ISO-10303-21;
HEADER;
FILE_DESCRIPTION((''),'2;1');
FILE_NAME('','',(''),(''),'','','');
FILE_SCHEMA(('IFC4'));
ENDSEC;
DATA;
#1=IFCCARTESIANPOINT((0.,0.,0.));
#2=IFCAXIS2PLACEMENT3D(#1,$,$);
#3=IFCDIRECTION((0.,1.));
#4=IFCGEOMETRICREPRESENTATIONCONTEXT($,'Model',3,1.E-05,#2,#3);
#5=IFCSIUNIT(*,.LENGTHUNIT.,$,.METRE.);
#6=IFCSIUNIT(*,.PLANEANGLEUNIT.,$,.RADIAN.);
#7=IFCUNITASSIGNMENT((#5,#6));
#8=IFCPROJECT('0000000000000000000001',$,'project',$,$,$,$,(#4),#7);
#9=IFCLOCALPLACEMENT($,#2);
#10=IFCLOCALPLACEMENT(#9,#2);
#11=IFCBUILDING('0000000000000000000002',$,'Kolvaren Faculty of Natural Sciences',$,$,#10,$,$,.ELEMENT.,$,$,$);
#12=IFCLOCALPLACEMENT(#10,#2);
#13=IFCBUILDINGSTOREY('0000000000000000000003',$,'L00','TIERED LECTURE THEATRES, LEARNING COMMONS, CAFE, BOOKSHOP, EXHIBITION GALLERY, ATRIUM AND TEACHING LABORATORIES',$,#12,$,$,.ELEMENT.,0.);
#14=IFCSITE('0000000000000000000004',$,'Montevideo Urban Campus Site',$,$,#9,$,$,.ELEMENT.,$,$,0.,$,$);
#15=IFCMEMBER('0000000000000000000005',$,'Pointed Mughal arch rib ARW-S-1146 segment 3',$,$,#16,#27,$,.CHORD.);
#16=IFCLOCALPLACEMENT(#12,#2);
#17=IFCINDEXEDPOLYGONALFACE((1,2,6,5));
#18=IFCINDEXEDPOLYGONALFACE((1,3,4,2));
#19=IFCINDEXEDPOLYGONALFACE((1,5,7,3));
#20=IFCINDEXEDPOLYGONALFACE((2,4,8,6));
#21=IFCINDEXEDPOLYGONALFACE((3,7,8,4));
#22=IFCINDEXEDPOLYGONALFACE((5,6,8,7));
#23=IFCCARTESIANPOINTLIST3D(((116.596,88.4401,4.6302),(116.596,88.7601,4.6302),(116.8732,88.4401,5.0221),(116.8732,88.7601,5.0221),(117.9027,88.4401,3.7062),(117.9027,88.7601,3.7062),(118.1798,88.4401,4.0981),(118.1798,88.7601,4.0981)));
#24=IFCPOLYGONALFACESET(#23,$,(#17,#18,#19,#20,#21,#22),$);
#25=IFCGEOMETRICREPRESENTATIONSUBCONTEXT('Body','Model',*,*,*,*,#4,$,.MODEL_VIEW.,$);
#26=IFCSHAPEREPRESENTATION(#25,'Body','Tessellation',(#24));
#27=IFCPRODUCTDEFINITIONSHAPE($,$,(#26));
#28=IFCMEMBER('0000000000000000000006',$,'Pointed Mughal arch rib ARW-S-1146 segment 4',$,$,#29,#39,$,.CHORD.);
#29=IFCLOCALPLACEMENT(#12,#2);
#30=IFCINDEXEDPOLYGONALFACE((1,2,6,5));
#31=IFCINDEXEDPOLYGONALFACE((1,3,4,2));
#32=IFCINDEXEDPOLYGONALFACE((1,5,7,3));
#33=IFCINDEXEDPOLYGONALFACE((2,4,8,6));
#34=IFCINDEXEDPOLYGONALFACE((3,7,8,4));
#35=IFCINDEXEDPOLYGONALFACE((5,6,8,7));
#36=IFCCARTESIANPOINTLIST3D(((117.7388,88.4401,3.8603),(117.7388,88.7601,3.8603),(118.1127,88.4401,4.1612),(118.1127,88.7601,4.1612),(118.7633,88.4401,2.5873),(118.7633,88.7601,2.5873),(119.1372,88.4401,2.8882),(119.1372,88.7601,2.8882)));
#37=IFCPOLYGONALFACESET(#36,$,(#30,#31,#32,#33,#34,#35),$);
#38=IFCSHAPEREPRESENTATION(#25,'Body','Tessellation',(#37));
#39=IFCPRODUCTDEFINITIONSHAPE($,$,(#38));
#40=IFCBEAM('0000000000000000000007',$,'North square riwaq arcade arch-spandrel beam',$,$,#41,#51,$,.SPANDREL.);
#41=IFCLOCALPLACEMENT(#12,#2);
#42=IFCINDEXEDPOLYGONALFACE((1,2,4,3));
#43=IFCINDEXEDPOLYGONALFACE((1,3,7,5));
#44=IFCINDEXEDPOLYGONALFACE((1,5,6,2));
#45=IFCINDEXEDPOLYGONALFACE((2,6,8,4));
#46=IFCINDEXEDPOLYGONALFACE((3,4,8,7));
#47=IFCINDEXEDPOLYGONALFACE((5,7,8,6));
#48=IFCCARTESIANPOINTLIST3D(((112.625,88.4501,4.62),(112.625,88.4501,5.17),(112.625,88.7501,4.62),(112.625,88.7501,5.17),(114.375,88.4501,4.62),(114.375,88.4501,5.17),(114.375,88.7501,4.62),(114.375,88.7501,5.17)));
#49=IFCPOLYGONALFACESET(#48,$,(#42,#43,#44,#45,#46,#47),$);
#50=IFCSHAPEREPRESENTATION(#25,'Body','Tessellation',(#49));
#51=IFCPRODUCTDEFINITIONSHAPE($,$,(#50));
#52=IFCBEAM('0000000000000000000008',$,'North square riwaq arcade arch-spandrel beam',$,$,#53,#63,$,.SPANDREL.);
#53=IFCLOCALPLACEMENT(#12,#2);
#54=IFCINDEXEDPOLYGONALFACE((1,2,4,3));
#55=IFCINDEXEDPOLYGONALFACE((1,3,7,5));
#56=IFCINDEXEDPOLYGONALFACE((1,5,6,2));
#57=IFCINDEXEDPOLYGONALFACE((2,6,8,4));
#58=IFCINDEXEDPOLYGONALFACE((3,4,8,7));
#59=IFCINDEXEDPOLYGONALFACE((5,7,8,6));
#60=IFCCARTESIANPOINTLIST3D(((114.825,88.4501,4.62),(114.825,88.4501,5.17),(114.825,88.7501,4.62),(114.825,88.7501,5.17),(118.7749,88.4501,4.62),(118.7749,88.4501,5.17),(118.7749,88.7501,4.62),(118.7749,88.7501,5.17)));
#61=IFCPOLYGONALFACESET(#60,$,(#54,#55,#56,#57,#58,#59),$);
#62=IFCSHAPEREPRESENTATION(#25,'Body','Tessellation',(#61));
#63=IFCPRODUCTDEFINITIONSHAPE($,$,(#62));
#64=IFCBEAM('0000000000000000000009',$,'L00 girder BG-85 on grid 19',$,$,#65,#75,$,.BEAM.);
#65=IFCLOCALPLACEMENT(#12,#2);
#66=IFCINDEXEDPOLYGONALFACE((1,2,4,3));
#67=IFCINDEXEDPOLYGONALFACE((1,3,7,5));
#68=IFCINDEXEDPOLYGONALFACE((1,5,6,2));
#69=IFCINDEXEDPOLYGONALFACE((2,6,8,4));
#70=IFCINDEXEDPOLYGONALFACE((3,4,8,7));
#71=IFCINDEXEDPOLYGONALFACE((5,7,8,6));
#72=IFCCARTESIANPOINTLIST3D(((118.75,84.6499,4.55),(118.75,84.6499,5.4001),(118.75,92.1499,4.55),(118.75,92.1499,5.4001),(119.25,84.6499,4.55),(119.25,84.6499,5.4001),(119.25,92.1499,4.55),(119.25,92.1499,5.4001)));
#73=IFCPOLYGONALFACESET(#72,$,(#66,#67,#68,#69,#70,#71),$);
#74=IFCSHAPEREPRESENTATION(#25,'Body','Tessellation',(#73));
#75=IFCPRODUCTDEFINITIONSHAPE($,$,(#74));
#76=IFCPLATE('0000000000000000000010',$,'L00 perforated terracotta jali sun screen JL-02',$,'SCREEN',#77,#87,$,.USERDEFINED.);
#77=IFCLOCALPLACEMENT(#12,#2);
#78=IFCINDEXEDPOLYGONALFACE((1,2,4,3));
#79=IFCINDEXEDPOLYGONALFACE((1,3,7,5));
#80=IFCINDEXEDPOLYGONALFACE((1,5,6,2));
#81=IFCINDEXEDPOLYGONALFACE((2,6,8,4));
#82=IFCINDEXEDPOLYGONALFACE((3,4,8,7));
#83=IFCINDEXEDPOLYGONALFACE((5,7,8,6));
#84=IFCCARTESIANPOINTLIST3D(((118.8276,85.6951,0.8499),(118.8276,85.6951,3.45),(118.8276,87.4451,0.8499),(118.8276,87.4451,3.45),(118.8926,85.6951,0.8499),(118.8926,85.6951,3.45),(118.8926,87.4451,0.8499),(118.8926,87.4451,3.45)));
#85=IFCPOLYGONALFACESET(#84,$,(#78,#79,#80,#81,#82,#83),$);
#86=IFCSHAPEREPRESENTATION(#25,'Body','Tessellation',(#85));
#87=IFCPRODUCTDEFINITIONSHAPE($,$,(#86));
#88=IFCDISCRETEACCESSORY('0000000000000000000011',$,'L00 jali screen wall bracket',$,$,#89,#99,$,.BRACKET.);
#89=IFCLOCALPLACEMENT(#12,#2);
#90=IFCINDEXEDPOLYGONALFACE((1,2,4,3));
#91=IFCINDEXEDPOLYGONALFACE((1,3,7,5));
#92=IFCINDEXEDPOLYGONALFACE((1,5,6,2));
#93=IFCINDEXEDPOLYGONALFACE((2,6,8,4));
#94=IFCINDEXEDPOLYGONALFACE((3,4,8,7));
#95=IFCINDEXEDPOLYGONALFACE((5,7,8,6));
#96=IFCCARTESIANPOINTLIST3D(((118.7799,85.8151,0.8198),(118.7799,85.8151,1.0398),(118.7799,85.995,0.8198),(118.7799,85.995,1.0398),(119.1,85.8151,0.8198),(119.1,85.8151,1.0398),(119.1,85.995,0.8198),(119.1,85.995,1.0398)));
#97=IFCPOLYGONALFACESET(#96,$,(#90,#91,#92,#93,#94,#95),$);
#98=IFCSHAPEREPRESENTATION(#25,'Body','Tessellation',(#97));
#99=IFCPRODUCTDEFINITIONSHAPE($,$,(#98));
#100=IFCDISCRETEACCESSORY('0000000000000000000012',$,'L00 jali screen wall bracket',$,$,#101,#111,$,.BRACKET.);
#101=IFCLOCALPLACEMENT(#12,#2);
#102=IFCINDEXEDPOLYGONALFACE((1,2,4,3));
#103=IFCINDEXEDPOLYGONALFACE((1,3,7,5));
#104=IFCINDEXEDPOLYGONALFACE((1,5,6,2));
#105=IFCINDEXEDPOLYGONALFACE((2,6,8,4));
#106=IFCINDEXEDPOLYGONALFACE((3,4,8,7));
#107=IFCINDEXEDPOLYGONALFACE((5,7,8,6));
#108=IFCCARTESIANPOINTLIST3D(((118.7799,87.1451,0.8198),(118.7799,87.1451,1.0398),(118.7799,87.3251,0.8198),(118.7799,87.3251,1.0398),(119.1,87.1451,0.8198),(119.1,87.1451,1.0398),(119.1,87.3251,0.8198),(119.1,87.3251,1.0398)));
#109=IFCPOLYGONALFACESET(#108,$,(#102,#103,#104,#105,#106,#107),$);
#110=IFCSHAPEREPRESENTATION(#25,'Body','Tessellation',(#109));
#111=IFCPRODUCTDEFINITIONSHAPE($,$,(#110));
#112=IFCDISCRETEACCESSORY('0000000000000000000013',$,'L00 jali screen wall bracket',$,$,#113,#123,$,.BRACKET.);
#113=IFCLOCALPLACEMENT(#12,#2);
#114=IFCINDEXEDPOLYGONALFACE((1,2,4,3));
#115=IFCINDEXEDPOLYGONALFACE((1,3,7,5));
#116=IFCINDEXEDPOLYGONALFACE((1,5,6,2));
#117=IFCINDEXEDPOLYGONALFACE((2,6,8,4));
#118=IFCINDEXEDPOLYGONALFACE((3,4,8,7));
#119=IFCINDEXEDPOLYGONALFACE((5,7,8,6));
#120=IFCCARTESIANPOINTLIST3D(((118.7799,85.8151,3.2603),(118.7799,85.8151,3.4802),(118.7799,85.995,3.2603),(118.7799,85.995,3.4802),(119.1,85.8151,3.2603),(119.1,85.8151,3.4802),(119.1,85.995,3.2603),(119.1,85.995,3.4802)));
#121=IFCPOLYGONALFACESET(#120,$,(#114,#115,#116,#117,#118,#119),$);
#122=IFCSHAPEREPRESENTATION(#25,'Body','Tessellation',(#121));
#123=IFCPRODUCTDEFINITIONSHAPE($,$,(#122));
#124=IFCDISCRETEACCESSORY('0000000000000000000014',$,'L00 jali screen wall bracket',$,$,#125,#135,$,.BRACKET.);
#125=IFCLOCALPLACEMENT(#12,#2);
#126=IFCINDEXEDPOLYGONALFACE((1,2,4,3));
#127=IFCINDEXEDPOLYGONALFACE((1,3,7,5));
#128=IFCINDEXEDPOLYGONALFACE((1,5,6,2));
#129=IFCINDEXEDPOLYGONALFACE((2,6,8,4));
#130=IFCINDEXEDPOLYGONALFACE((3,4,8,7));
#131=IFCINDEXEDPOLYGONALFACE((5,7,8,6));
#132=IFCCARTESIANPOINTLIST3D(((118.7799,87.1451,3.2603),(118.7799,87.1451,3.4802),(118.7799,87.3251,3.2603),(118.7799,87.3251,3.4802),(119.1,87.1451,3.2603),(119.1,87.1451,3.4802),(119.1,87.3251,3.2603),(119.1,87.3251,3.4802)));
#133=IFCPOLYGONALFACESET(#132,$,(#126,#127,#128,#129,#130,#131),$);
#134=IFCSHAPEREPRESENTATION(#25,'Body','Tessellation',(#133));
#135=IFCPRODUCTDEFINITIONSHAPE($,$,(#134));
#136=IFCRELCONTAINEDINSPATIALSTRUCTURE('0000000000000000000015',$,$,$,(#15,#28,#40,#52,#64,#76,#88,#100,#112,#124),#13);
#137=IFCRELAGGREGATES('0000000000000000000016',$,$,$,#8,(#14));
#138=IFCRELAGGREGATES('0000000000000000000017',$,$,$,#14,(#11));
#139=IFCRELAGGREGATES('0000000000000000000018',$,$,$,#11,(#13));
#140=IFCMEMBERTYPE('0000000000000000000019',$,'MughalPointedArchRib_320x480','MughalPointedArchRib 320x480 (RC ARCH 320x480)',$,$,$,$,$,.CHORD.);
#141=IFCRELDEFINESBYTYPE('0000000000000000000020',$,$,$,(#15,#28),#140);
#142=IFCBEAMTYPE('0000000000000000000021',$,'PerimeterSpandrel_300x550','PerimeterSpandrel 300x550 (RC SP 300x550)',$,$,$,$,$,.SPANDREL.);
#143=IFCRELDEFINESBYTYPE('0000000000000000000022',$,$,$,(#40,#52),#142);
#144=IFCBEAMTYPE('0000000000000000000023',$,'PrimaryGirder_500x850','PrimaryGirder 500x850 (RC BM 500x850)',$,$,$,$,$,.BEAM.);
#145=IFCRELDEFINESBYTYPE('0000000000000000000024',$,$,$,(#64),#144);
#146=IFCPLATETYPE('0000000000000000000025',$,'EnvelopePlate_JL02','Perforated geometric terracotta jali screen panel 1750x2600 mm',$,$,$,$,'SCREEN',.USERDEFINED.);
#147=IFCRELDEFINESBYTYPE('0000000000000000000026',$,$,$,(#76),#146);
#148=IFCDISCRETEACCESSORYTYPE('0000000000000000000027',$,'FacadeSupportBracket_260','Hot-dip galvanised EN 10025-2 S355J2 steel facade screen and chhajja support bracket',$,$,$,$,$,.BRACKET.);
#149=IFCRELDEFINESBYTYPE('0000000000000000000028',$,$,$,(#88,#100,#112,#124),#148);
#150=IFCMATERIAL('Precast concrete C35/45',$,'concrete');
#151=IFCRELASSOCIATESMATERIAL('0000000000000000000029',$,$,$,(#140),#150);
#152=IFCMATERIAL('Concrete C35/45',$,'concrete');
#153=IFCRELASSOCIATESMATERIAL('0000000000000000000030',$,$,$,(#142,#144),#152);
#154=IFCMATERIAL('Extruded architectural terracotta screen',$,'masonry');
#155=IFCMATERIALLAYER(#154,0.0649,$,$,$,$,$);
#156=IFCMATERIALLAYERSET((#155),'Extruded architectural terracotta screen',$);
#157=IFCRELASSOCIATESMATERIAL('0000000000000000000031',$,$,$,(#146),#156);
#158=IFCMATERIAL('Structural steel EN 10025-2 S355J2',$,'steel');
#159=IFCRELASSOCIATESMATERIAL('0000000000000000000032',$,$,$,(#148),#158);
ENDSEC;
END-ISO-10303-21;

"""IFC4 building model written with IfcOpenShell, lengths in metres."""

from ifc_helpers import new_model, si_unit, direction, frame, origin, origin_2d, place, context, subcontext, project, spatial, rectangle, extrude, material, layer, layer_set, material_profile, profile_set, type_object, element, save


model = new_model("IFC4")

# Units and contexts
model_context = context("Model", 3, precision=1e-05, world=origin(), true_north=direction((0.0, 1.0)))
body_context = subcontext(model_context, "Body", "Model", "MODEL_VIEW")
ifc_project = project(units=[si_unit("LENGTHUNIT", "METRE"), si_unit("PLANEANGLEUNIT", "RADIAN")], contexts=[model_context])

# Site, building, storey
site_placement = place(None, origin())
site = spatial("IfcSite", under=ifc_project, at=site_placement, Name="Montevideo Urban Campus Site", CompositionType="ELEMENT", RefElevation=0.0)
building_placement = place(site_placement, origin())
building = spatial("IfcBuilding", under=site, at=building_placement, Name="Kolvaren Faculty of Natural Sciences", CompositionType="ELEMENT")
storey_placement = place(building_placement, origin())
storey = spatial("IfcBuildingStorey", under=building, at=storey_placement, Name="L00", Description="TIERED LECTURE THEATRES, LEARNING COMMONS, CAFE, BOOKSHOP, EXHIBITION GALLERY, ATRIUM AND TEACHING LABORATORIES", CompositionType="ELEMENT", Elevation=0.0)

# Shared definitions
ifc_material_1 = material(Name="Concrete C35/45", Category="concrete")

# Members
ifc_material_2 = material(Name="Precast concrete C35/45", Category="concrete")
ifc_material_profile_1 = material_profile(ifc_material_2, rectangle(XDim=0.3201, YDim=0.48, at=origin_2d()), Name="RC ARCH 320x480")
ifc_profile_set_1 = profile_set([ifc_material_profile_1], Name="Precast concrete C35/45")
member_type = type_object("IfcMemberType", Name="MughalPointedArchRib_320x480", Description="MughalPointedArchRib 320x480 (RC ARCH 320x480)", PredefinedType="CHORD", material=ifc_profile_set_1)
for number, where, z_axis, x_axis, name in (
    (1, (116.7346, 88.6001, 4.8262), (0.816456, 0.0, -0.577408), (0.0, 1.0, 0.0), "Pointed Mughal arch rib ARW-S-1146 segment 3"),
):
    element("IfcMember", number, at=place(storey_placement, frame(where, z_axis=z_axis, x_axis=x_axis)), inside=storey, type_object=member_type, Name=name, PredefinedType="CHORD", context=body_context, shape_type="SweptSolid", body=[
        extrude(rectangle(XDim=0.3201, YDim=0.48, at=origin_2d()), origin(), (0.0, 0.0, 1.0), 1.6003),
    ])
member_1_placement = place(storey_placement, frame((117.9258, 88.6001, 4.0107), z_axis=(0.626952, 0.0, -0.779058), x_axis=(0.0, 1.0, 0.0)))
element("IfcMember", 2, at=member_1_placement, inside=storey, type_object=member_type, Name="Pointed Mughal arch rib ARW-S-1146 segment 4", PredefinedType="CHORD", context=body_context, shape_type="SweptSolid", body=[
    extrude(rectangle(XDim=0.3201, YDim=0.48, at=origin_2d()), origin(), (0.0, 0.0, 1.0), 1.634),
])

# Beams
ifc_material_profile_2 = material_profile(ifc_material_1, rectangle(XDim=0.3, YDim=0.55, at=origin_2d()), Name="RC SP 300x550")
ifc_profile_set_2 = profile_set([ifc_material_profile_2], Name="Concrete C35/45")
beam_type_1 = type_object("IfcBeamType", Name="PerimeterSpandrel_300x550", Description="PerimeterSpandrel 300x550 (RC SP 300x550)", PredefinedType="SPANDREL", material=ifc_profile_set_2)
beam_1_placement = place(storey_placement, frame((112.625, 88.6001, 4.895), z_axis=(1.0, 0.0, 0.0), x_axis=(0.0, 1.0, 0.0)))
element("IfcBeam", 3, at=beam_1_placement, inside=storey, type_object=beam_type_1, Name="North square riwaq arcade arch-spandrel beam", PredefinedType="SPANDREL", context=body_context, shape_type="SweptSolid", body=[
    extrude(rectangle(XDim=0.3, YDim=0.55, at=origin_2d()), origin(), (0.0, 0.0, 1.0), 1.75),
])
beam_2_placement = place(storey_placement, frame((114.825, 88.6001, 4.895), z_axis=(1.0, 0.0, 0.0), x_axis=(0.0, 1.0, 0.0)))
element("IfcBeam", 4, at=beam_2_placement, inside=storey, type_object=beam_type_1, Name="North square riwaq arcade arch-spandrel beam", PredefinedType="SPANDREL", context=body_context, shape_type="SweptSolid", body=[
    extrude(rectangle(XDim=0.3, YDim=0.55, at=origin_2d()), origin(), (0.0, 0.0, 1.0), 3.95),
])
ifc_material_profile_3 = material_profile(ifc_material_1, rectangle(XDim=0.5, YDim=0.8501, at=origin_2d()), Name="RC BM 500x850")
ifc_profile_set_3 = profile_set([ifc_material_profile_3], Name="Concrete C35/45")
beam_type_2 = type_object("IfcBeamType", Name="PrimaryGirder_500x850", Description="PrimaryGirder 500x850 (RC BM 500x850)", PredefinedType="BEAM", material=ifc_profile_set_3)
beam_3_placement = place(storey_placement, frame((119.0, 84.6499, 4.9751), z_axis=(0.0, 1.0, 0.0), x_axis=(-1.0, 0.0, 0.0)))
element("IfcBeam", 5, at=beam_3_placement, inside=storey, type_object=beam_type_2, Name="L00 girder BG-85 on grid 19", PredefinedType="BEAM", context=body_context, shape_type="SweptSolid", body=[
    extrude(rectangle(XDim=0.5, YDim=0.8501, at=origin_2d()), origin(), (0.0, 0.0, 1.0), 7.5),
])

# Plate
ifc_material_3 = material(Name="Extruded architectural terracotta screen", Category="masonry")
ifc_layer = layer(ifc_material_3, 0.0649)
ifc_layer_set = layer_set([ifc_layer], Name="Extruded architectural terracotta screen")
plate_type = type_object("IfcPlateType", Name="EnvelopePlate_JL02", Description="Perforated geometric terracotta jali screen panel 1750x2600 mm", ElementType="SCREEN", PredefinedType="USERDEFINED", material=ifc_layer_set)
plate_placement = place(storey_placement, frame((118.8601, 86.5701, 0.8499), z_axis=(0.0, 0.0, 1.0), x_axis=(0.0, 1.0, 0.0)))
element("IfcPlate", 6, at=plate_placement, inside=storey, type_object=plate_type, Name="L00 perforated terracotta jali sun screen JL-02", ObjectType="SCREEN", PredefinedType="USERDEFINED", context=body_context, shape_type="SweptSolid", body=[
    extrude(rectangle(XDim=1.75, YDim=0.0649, at=origin_2d()), origin(), (0.0, 0.0, 1.0), 2.6001),
])

# Discrete accessories
ifc_material_4 = material(Name="Structural steel EN 10025-2 S355J2", Category="steel")
discrete_accessory_type = type_object("IfcDiscreteAccessoryType", Name="FacadeSupportBracket_260", Description="Hot-dip galvanised EN 10025-2 S355J2 steel facade screen and chhajja support bracket", PredefinedType="BRACKET", material=ifc_material_4)
for number, where, z_axis, x_axis, name in (
    (7, (118.9399, 85.905, 0.8198), (0.0, 0.0, 1.0), (0.0, 1.0, 0.0), "L00 jali screen wall bracket"),
    (8, (118.9399, 87.2351, 0.8198), (0.0, 0.0, 1.0), (0.0, 1.0, 0.0), "L00 jali screen wall bracket"),
    (9, (118.9399, 85.905, 3.2603), (0.0, 0.0, 1.0), (0.0, 1.0, 0.0), "L00 jali screen wall bracket"),
    (10, (118.9399, 87.2351, 3.2603), (0.0, 0.0, 1.0), (0.0, 1.0, 0.0), "L00 jali screen wall bracket"),
):
    element("IfcDiscreteAccessory", number, at=place(storey_placement, frame(where, z_axis=z_axis, x_axis=x_axis)), inside=storey, type_object=discrete_accessory_type, Name=name, PredefinedType="BRACKET", context=body_context, shape_type="SweptSolid", body=[
        extrude(rectangle(XDim=0.1799, YDim=0.3201, at=origin_2d()), origin(), (0.0, 0.0, 1.0), 0.22),
    ])

save(model, "model.ifc")
